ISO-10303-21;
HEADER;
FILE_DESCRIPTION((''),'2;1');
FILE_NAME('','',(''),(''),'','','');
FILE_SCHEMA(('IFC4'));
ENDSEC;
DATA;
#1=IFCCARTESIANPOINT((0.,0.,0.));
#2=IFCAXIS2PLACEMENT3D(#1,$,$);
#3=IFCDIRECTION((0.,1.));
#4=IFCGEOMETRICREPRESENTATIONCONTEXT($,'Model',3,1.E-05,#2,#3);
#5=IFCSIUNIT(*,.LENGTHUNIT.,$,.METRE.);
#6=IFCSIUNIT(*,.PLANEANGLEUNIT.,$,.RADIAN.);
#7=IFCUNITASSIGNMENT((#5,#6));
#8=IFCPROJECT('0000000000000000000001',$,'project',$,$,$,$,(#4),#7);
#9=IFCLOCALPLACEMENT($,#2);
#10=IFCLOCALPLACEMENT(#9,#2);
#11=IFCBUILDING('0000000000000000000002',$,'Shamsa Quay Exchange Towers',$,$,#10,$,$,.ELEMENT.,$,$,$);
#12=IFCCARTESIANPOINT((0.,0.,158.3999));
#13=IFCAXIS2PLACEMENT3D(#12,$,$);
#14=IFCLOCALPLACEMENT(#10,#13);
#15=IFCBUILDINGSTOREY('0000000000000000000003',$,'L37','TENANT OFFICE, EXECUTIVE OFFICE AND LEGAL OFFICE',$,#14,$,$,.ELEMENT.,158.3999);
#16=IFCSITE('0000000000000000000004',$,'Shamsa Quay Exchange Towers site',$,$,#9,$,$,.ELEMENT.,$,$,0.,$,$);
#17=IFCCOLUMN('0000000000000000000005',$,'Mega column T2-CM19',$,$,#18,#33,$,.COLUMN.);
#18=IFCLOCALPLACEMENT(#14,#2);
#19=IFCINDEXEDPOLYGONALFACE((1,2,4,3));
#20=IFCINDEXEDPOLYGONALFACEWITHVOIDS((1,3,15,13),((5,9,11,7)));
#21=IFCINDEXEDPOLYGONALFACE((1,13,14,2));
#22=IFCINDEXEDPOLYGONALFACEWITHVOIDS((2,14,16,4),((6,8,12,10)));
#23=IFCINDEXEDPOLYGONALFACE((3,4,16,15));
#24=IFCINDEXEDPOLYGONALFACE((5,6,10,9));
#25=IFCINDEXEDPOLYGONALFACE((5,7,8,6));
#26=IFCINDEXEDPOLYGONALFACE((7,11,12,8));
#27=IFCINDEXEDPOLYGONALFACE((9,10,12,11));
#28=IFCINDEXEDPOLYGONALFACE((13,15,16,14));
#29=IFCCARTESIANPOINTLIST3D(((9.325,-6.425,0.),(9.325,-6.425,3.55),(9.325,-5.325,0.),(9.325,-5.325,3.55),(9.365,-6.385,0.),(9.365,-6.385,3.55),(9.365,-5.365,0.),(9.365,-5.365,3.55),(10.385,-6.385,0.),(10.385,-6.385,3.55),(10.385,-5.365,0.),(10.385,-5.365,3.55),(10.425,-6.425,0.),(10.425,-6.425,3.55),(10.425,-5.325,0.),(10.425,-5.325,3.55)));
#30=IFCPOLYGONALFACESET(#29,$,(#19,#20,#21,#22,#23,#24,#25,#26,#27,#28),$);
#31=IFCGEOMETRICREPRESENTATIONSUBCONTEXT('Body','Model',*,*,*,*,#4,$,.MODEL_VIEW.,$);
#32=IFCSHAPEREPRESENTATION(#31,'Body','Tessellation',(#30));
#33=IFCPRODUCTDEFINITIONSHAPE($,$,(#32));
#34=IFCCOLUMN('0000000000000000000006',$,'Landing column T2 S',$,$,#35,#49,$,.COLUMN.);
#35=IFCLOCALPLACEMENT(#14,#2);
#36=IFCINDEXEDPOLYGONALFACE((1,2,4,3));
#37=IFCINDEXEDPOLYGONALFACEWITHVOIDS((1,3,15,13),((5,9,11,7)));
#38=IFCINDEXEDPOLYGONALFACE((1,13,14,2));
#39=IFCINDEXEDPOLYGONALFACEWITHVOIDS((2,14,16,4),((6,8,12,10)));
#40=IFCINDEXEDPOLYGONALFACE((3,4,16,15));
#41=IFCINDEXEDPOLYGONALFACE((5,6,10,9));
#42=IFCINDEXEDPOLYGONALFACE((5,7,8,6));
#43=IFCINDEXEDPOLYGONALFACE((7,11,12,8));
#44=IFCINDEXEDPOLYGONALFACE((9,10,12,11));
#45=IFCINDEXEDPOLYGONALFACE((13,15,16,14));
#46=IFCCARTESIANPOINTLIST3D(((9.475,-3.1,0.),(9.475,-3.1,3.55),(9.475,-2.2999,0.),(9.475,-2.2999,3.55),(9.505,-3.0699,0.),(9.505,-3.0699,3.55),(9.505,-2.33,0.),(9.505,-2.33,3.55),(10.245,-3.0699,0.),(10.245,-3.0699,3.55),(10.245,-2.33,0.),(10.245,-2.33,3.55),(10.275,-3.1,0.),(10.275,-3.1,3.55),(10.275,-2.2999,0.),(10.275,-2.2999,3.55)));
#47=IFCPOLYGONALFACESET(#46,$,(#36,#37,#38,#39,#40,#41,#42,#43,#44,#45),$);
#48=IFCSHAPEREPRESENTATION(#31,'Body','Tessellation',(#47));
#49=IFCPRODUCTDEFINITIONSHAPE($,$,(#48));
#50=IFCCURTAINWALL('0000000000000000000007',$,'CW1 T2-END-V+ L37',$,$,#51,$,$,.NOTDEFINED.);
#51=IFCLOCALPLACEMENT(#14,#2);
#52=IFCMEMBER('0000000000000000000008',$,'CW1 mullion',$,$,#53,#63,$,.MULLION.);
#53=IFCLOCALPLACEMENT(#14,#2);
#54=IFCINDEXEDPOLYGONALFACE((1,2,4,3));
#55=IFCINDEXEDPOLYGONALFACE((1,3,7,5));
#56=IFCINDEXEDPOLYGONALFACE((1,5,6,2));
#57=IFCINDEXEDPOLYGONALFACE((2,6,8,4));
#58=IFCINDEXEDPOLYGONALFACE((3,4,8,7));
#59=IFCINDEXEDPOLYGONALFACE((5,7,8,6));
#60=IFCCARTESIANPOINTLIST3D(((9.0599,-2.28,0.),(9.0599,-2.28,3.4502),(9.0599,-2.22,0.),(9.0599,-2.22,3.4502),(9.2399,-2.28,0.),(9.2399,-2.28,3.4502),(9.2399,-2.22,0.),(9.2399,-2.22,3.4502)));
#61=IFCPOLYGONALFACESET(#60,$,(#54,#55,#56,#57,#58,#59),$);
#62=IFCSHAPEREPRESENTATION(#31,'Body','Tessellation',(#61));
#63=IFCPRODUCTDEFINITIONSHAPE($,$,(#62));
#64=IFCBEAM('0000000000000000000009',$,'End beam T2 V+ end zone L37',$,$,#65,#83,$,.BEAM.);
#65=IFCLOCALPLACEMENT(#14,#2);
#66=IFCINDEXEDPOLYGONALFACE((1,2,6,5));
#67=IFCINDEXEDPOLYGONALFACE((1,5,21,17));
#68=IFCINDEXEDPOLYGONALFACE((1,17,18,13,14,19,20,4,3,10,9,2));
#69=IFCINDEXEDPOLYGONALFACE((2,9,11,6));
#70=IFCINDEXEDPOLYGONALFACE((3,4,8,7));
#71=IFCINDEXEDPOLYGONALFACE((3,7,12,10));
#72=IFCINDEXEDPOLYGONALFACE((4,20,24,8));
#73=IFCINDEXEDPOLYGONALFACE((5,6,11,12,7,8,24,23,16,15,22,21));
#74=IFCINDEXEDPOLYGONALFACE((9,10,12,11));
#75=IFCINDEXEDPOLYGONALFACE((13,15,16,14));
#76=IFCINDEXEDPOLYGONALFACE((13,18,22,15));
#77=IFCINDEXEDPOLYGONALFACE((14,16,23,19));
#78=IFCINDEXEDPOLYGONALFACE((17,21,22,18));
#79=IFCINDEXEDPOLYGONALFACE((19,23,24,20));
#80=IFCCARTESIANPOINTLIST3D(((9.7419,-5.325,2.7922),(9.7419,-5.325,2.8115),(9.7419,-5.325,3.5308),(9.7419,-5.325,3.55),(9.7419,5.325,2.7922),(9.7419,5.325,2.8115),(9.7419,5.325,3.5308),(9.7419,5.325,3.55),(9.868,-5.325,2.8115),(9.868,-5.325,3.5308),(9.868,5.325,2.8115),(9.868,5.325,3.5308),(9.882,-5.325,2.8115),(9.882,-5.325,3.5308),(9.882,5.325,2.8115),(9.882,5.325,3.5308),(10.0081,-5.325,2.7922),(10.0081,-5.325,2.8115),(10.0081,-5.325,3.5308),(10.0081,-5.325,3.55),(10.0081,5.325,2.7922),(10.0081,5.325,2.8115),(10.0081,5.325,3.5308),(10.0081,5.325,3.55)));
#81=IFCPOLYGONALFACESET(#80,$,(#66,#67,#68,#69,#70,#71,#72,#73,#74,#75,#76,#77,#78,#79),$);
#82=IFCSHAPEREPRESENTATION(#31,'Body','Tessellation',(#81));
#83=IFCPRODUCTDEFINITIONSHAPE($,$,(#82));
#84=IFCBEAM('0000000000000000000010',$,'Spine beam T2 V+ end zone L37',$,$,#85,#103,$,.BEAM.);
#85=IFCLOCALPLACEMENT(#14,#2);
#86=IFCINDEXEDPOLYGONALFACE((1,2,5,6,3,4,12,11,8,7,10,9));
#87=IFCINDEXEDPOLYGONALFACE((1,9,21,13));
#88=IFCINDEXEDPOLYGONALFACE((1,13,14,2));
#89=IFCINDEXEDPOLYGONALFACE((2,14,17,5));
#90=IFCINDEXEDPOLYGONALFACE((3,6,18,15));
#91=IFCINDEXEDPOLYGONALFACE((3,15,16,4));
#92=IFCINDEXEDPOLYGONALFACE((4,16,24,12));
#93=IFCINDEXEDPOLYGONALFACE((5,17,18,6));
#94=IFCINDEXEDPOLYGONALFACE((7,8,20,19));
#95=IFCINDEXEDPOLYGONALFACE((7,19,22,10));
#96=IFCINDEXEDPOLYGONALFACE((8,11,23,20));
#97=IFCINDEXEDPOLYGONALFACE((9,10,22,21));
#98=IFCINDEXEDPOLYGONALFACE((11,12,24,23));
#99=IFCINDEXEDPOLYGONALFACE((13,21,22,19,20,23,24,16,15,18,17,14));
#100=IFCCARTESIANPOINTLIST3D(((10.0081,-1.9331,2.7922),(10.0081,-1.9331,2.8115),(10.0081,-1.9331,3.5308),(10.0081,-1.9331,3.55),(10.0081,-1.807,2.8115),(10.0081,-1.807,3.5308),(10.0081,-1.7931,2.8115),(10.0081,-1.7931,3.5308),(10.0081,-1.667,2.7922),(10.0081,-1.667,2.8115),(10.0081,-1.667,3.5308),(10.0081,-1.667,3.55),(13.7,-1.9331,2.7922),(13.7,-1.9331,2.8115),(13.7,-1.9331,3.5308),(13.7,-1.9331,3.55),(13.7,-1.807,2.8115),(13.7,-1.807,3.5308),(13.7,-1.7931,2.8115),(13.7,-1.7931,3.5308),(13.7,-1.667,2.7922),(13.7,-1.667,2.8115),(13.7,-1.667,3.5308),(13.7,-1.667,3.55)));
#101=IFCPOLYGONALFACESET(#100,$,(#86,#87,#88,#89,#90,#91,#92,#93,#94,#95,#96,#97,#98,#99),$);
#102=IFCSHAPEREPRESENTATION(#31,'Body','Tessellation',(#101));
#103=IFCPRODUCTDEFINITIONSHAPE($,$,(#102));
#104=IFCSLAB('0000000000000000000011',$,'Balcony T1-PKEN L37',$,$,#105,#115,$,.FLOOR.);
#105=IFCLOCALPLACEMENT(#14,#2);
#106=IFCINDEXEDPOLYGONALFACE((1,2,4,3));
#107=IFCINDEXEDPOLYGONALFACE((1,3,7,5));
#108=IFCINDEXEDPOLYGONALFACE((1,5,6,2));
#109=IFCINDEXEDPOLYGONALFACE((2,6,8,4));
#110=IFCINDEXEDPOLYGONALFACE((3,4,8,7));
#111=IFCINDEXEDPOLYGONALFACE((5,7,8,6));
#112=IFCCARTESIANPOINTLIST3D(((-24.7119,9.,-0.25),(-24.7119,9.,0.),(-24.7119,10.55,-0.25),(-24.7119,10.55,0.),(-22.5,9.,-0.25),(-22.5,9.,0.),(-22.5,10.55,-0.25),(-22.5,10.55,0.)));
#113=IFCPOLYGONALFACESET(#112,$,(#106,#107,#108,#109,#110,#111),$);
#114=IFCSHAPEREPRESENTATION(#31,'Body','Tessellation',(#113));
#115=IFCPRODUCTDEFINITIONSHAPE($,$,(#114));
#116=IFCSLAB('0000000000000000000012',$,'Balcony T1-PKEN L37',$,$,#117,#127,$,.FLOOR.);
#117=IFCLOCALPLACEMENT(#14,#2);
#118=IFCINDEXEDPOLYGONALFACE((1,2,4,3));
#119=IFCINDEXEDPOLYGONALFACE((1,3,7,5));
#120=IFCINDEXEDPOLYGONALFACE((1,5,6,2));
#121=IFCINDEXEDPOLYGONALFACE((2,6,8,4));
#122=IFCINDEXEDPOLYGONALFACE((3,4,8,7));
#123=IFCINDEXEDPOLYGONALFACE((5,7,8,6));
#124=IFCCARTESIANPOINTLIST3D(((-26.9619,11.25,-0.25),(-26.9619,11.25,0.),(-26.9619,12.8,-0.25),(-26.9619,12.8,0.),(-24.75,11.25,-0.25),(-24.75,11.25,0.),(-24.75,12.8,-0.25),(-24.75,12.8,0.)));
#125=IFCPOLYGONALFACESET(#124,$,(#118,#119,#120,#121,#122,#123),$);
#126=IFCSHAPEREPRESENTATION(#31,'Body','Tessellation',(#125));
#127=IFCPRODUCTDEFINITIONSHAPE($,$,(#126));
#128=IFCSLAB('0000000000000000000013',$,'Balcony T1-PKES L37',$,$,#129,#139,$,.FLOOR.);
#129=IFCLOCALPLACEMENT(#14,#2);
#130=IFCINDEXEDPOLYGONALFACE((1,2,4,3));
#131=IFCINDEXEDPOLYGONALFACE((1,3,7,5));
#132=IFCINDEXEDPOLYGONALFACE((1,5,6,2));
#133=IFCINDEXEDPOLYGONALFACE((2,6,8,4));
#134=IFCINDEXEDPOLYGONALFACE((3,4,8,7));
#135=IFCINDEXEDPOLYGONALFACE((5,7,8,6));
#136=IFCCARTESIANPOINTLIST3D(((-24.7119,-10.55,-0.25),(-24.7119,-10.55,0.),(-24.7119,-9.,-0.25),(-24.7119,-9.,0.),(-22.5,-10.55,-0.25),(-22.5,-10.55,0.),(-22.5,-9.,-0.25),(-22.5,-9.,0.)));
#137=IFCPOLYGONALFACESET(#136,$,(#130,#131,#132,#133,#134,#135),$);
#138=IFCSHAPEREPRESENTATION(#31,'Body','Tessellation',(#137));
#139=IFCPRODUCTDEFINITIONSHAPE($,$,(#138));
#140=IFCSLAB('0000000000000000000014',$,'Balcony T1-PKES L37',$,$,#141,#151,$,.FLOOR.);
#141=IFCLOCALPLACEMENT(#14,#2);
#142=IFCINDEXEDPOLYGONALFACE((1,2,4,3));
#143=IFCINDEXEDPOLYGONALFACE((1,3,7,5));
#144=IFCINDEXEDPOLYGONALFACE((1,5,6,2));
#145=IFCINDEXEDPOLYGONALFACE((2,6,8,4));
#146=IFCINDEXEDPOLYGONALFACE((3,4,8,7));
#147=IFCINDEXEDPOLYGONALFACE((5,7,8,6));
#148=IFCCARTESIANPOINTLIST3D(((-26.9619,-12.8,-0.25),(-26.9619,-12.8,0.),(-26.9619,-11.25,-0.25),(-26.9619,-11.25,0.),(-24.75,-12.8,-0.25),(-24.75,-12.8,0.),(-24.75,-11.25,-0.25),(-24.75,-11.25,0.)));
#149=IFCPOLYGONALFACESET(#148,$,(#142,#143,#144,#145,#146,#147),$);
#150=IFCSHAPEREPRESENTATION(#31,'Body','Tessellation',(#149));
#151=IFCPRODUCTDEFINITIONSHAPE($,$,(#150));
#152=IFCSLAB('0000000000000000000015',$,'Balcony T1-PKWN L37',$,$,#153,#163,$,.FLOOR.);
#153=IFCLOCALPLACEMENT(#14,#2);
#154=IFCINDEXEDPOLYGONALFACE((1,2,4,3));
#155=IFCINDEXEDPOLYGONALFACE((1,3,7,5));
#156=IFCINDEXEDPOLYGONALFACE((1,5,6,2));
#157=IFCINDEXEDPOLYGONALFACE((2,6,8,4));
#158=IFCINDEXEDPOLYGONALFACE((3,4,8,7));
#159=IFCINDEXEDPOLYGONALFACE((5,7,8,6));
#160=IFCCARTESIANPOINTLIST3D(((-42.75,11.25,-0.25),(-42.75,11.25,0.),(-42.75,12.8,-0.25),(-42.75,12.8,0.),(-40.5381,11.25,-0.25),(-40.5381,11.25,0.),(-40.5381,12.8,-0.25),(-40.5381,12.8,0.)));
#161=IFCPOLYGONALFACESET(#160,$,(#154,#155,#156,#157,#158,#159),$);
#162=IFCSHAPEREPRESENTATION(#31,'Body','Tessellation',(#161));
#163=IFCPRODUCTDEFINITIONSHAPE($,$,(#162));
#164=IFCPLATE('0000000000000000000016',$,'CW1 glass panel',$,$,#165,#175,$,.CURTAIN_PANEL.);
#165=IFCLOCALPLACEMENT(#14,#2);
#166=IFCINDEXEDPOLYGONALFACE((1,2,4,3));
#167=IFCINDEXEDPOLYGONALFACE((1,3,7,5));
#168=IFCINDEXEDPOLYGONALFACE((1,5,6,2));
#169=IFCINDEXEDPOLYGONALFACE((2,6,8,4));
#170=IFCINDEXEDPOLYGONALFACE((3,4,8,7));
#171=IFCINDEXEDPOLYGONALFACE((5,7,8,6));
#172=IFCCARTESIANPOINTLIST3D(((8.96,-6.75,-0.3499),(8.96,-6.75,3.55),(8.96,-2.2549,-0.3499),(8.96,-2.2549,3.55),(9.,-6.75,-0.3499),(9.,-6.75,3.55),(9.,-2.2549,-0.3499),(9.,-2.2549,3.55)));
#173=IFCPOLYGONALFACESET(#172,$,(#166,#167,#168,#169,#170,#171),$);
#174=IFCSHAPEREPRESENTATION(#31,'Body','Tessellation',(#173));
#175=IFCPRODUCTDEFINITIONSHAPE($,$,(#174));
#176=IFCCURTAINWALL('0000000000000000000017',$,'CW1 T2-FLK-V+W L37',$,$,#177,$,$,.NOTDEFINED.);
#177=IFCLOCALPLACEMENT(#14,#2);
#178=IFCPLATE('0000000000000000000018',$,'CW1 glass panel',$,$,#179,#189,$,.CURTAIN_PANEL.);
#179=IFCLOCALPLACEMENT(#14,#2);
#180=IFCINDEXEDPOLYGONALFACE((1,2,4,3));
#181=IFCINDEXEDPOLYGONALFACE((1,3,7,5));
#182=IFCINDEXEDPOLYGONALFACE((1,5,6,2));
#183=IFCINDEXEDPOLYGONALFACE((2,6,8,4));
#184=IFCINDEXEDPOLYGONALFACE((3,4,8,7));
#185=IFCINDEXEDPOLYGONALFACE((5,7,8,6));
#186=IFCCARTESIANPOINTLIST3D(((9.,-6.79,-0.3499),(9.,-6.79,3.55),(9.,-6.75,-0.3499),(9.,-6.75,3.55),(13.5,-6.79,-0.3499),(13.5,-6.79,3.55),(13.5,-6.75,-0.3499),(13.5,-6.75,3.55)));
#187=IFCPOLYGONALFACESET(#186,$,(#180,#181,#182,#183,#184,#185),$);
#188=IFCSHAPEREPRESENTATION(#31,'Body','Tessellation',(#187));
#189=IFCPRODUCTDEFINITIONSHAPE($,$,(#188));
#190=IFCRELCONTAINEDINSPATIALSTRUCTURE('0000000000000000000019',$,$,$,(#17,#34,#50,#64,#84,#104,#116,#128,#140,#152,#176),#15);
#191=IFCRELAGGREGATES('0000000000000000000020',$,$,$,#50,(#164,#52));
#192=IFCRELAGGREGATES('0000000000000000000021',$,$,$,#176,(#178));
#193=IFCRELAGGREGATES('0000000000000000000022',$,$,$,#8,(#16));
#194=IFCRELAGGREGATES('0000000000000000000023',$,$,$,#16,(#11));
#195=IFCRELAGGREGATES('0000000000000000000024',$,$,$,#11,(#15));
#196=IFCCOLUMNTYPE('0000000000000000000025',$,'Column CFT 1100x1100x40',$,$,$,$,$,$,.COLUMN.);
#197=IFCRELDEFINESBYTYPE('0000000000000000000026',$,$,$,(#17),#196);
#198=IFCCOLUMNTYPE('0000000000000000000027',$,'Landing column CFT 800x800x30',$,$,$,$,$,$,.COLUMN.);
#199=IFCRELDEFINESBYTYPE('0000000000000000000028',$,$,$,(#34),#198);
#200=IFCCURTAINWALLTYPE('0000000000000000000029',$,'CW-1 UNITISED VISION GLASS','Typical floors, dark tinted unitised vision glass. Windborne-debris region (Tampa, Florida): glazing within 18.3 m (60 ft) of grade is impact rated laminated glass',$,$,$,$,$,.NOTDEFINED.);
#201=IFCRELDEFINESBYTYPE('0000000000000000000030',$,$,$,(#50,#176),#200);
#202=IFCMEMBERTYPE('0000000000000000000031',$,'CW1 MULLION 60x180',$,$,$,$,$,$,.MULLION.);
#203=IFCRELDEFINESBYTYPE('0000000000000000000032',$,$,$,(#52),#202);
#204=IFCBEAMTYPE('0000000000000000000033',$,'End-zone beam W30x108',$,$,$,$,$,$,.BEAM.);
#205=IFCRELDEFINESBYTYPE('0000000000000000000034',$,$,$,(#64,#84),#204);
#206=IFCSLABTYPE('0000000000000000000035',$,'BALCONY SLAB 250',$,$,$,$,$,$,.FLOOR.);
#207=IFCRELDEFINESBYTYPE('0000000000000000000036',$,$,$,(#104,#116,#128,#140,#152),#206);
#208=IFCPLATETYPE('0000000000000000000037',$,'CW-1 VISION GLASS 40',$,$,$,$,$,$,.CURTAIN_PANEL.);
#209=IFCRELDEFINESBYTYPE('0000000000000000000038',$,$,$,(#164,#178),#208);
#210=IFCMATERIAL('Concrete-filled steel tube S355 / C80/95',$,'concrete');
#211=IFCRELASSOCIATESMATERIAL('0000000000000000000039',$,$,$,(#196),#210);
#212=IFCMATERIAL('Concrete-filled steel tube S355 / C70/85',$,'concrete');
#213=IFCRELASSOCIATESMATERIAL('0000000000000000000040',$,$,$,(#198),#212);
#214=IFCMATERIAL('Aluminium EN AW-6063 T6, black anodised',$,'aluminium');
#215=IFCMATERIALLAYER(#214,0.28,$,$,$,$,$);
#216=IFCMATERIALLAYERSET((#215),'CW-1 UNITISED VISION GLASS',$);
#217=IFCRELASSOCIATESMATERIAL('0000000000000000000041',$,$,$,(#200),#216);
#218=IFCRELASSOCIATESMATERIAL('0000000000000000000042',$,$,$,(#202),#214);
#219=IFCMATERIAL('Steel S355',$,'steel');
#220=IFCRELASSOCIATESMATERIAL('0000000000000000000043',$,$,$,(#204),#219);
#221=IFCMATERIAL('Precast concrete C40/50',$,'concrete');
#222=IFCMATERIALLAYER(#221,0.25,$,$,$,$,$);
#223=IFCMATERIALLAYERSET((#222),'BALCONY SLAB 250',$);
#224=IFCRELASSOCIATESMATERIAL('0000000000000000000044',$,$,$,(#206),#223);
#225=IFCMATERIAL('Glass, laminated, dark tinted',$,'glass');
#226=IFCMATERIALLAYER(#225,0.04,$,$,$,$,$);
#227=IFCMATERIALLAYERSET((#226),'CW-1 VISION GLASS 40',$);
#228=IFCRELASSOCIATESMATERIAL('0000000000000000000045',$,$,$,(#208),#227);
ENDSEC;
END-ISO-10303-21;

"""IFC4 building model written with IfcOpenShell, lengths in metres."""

from ifc_helpers import new_model, si_unit, direction, frame, origin, origin_2d, place, context, subcontext, project, spatial, polyline, rectangle, hollow_rectangle, i_section, outline, extrude, material, layer, layer_set, material_profile, profile_set, type_object, element, aggregate, save


model = new_model("IFC4")

# Units and contexts
model_context = context("Model", 3, precision=1e-05, world=origin(), true_north=direction((0.0, 1.0)))
body_context = subcontext(model_context, "Body", "Model", "MODEL_VIEW")
ifc_project = project(units=[si_unit("LENGTHUNIT", "METRE"), si_unit("PLANEANGLEUNIT", "RADIAN")], contexts=[model_context])

# Site, building, storey
site_placement = place(None, origin())
site = spatial("IfcSite", under=ifc_project, at=site_placement, Name="Shamsa Quay Exchange Towers site", CompositionType="ELEMENT", RefElevation=0.0)
building_placement = place(site_placement, origin())
building = spatial("IfcBuilding", under=site, at=building_placement, Name="Shamsa Quay Exchange Towers", CompositionType="ELEMENT")
storey_placement = place(building_placement, frame((0.0, 0.0, 158.3999)))
storey = spatial("IfcBuildingStorey", under=building, at=storey_placement, Name="L37", Description="TENANT OFFICE, EXECUTIVE OFFICE AND LEGAL OFFICE", CompositionType="ELEMENT", Elevation=158.3999)

# Columns
ifc_material_1 = material(Name="Concrete-filled steel tube S355 / C80/95", Category="concrete")
ifc_material_profile_1 = material_profile(ifc_material_1, hollow_rectangle(XDim=1.1001, YDim=1.1001, WallThickness=0.04, at=origin_2d()), Name="CFT 1100x1100x40")
ifc_profile_set_1 = profile_set([ifc_material_profile_1], Name="Concrete-filled steel tube S355 / C80/95")
column_type_1 = type_object("IfcColumnType", Name="Column CFT 1100x1100x40", PredefinedType="COLUMN", material=ifc_profile_set_1)
column_1_placement = place(storey_placement, frame((9.875, -5.875, 0.0)))
element("IfcColumn", 1, at=column_1_placement, inside=storey, type_object=column_type_1, Name="Mega column T2-CM19", PredefinedType="COLUMN", context=body_context, shape_type="SweptSolid", body=[
    extrude(hollow_rectangle(XDim=1.1001, YDim=1.1001, WallThickness=0.04, at=origin_2d()), origin(), (0.0, 0.0, 1.0), 3.55),
])
ifc_material_2 = material(Name="Concrete-filled steel tube S355 / C70/85", Category="concrete")
ifc_material_profile_2 = material_profile(ifc_material_2, hollow_rectangle(XDim=0.8, YDim=0.8, WallThickness=0.03, at=origin_2d()), Name="CFT 800x800x30")
ifc_profile_set_2 = profile_set([ifc_material_profile_2], Name="Concrete-filled steel tube S355 / C70/85")
column_type_2 = type_object("IfcColumnType", Name="Landing column CFT 800x800x30", PredefinedType="COLUMN", material=ifc_profile_set_2)
column_2_placement = place(storey_placement, frame((9.875, -2.7, 0.0)))
element("IfcColumn", 2, at=column_2_placement, inside=storey, type_object=column_type_2, Name="Landing column T2 S", PredefinedType="COLUMN", context=body_context, shape_type="SweptSolid", body=[
    extrude(hollow_rectangle(XDim=0.8, YDim=0.8, WallThickness=0.03, at=origin_2d()), origin(), (0.0, 0.0, 1.0), 3.55),
])

# Curtain wall, member
ifc_material_3 = material(Name="Aluminium EN AW-6063 T6, black anodised", Category="aluminium")
ifc_layer_1 = layer(ifc_material_3, 0.28)
ifc_layer_set_1 = layer_set([ifc_layer_1], Name="CW-1 UNITISED VISION GLASS")
curtain_wall_type_1 = type_object("IfcCurtainWallType", Name="CW-1 UNITISED VISION GLASS", Description="Typical floors, dark tinted unitised vision glass. Windborne-debris region (Tampa, Florida): glazing within 18.3 m (60 ft) of grade is impact rated laminated glass", PredefinedType="NOTDEFINED", material=ifc_layer_set_1)
curtain_wall_1_placement = place(storey_placement, origin())
curtain_wall_1 = element("IfcCurtainWall", 3, at=curtain_wall_1_placement, inside=storey, type_object=curtain_wall_type_1, Name="CW1 T2-END-V+ L37", PredefinedType="NOTDEFINED")
ifc_material_profile_3 = material_profile(ifc_material_3, rectangle(XDim=0.1799, YDim=0.0601, at=origin_2d()), Name="MU60x180")
ifc_profile_set_3 = profile_set([ifc_material_profile_3], Name="Aluminium EN AW-6063 T6, black anodised")
member_type = type_object("IfcMemberType", Name="CW1 MULLION 60x180", PredefinedType="MULLION", material=ifc_profile_set_3)
member_placement = place(storey_placement, frame((9.1499, -2.25, 0.0)))
member = element("IfcMember", 4, at=member_placement, type_object=member_type, Name="CW1 mullion", PredefinedType="MULLION", context=body_context, shape_type="SweptSolid", body=[
    extrude(rectangle(XDim=0.1799, YDim=0.0601, at=origin_2d()), origin(), (0.0, 0.0, 1.0), 3.4502),
])

# Beams
ifc_material_4 = material(Name="Steel S355", Category="steel")
ifc_material_profile_4 = material_profile(ifc_material_4, i_section(OverallWidth=0.2661, OverallDepth=0.7578, WebThickness=0.0139, FlangeThickness=0.0193, at=origin_2d()), Name="W30x108")
ifc_profile_set_4 = profile_set([ifc_material_profile_4], Name="Steel S355")
beam_type = type_object("IfcBeamType", Name="End-zone beam W30x108", PredefinedType="BEAM", material=ifc_profile_set_4)
beam_1_placement = place(storey_placement, frame((9.875, -5.325, 3.1711), z_axis=(0.0, 1.0, 0.0), x_axis=(-1.0, 0.0, 0.0)))
element("IfcBeam", 5, at=beam_1_placement, inside=storey, type_object=beam_type, Name="End beam T2 V+ end zone L37", PredefinedType="BEAM", context=body_context, shape_type="SweptSolid", body=[
    extrude(i_section(OverallWidth=0.2661, OverallDepth=0.7578, WebThickness=0.0139, FlangeThickness=0.0193, at=origin_2d()), origin(), (0.0, 0.0, 1.0), 10.6499),
])
beam_2_placement = place(storey_placement, frame((13.7, -1.8, 3.1711), z_axis=(-1.0, 0.0, 0.0), x_axis=(0.0, -1.0, 0.0)))
element("IfcBeam", 6, at=beam_2_placement, inside=storey, type_object=beam_type, Name="Spine beam T2 V+ end zone L37", PredefinedType="BEAM", context=body_context, shape_type="SweptSolid", body=[
    extrude(i_section(OverallWidth=0.2661, OverallDepth=0.7578, WebThickness=0.0139, FlangeThickness=0.0193, at=origin_2d()), origin(), (0.0, 0.0, 1.0), 3.6919),
])

# Slabs
ifc_material_5 = material(Name="Precast concrete C40/50", Category="concrete")
ifc_layer_2 = layer(ifc_material_5, 0.25)
ifc_layer_set_2 = layer_set([ifc_layer_2], Name="BALCONY SLAB 250")
slab_type_1 = type_object("IfcSlabType", Name="BALCONY SLAB 250", PredefinedType="FLOOR", material=ifc_layer_set_2)
slab_1_placement = place(storey_placement, frame((0.0, 0.0, -0.25)))
element("IfcSlab", 7, at=slab_1_placement, inside=storey, type_object=slab_type_1, Name="Balcony T1-PKEN L37", PredefinedType="FLOOR", context=body_context, shape_type="SweptSolid", body=[
    extrude(outline(polyline([(-22.5, 9.0), (-24.7119, 9.0), (-24.7119, 10.55), (-22.5, 10.55), (-22.5, 9.0)])), origin(), (0.0, 0.0, 1.0), 0.25),
])
slab_2_placement = place(storey_placement, frame((0.0, 0.0, -0.25)))
element("IfcSlab", 8, at=slab_2_placement, inside=storey, type_object=slab_type_1, Name="Balcony T1-PKEN L37", PredefinedType="FLOOR", context=body_context, shape_type="SweptSolid", body=[
    extrude(outline(polyline([(-24.75, 11.25), (-26.9619, 11.25), (-26.9619, 12.8), (-24.75, 12.8), (-24.75, 11.25)])), origin(), (0.0, 0.0, 1.0), 0.25),
])
slab_3_placement = place(storey_placement, frame((0.0, 0.0, -0.25)))
element("IfcSlab", 9, at=slab_3_placement, inside=storey, type_object=slab_type_1, Name="Balcony T1-PKES L37", PredefinedType="FLOOR", context=body_context, shape_type="SweptSolid", body=[
    extrude(outline(polyline([(-24.7119, -9.0), (-22.5, -9.0), (-22.5, -10.55), (-24.7119, -10.55), (-24.7119, -9.0)])), origin(), (0.0, 0.0, 1.0), 0.25),
])
slab_4_placement = place(storey_placement, frame((0.0, 0.0, -0.25)))
element("IfcSlab", 10, at=slab_4_placement, inside=storey, type_object=slab_type_1, Name="Balcony T1-PKES L37", PredefinedType="FLOOR", context=body_context, shape_type="SweptSolid", body=[
    extrude(outline(polyline([(-26.9619, -11.25), (-24.75, -11.25), (-24.75, -12.8), (-26.9619, -12.8), (-26.9619, -11.25)])), origin(), (0.0, 0.0, 1.0), 0.25),
])
slab_5_placement = place(storey_placement, frame((0.0, 0.0, -0.25)))
element("IfcSlab", 11, at=slab_5_placement, inside=storey, type_object=slab_type_1, Name="Balcony T1-PKWN L37", PredefinedType="FLOOR", context=body_context, shape_type="SweptSolid", body=[
    extrude(outline(polyline([(-40.5381, 11.25), (-42.75, 11.25), (-42.75, 12.8), (-40.5381, 12.8), (-40.5381, 11.25)])), origin(), (0.0, 0.0, 1.0), 0.25),
])

# Plate
ifc_material_6 = material(Name="Glass, laminated, dark tinted", Category="glass")
ifc_layer_3 = layer(ifc_material_6, 0.04)
ifc_layer_set_3 = layer_set([ifc_layer_3], Name="CW-1 VISION GLASS 40")
plate_type_1 = type_object("IfcPlateType", Name="CW-1 VISION GLASS 40", PredefinedType="CURTAIN_PANEL", material=ifc_layer_set_3)
plate_1_placement = place(storey_placement, frame((8.98, -4.5024, -0.3499), z_axis=(0.0, 0.0, 1.0), x_axis=(0.0, -1.0, 0.0)))
plate_1 = element("IfcPlate", 12, at=plate_1_placement, type_object=plate_type_1, Name="CW1 glass panel", PredefinedType="CURTAIN_PANEL", context=body_context, shape_type="SweptSolid", body=[
    extrude(rectangle(XDim=4.4951, YDim=0.04, at=origin_2d()), origin(), (0.0, 0.0, 1.0), 3.8999),
])
aggregate(curtain_wall_1, [plate_1, member])

# Curtain wall, plate
curtain_wall_2_placement = place(storey_placement, origin())
curtain_wall_2 = element("IfcCurtainWall", 13, at=curtain_wall_2_placement, inside=storey, type_object=curtain_wall_type_1, Name="CW1 T2-FLK-V+W L37", PredefinedType="NOTDEFINED")
plate_2_placement = place(storey_placement, frame((11.25, -6.77, -0.3499)))
plate_2 = element("IfcPlate", 14, at=plate_2_placement, type_object=plate_type_1, Name="CW1 glass panel", PredefinedType="CURTAIN_PANEL", context=body_context, shape_type="SweptSolid", body=[
    extrude(rectangle(XDim=4.5, YDim=0.04, at=origin_2d()), origin(), (0.0, 0.0, 1.0), 3.8999),
])
aggregate(curtain_wall_2, [plate_2])

save(model, "model.ifc")
